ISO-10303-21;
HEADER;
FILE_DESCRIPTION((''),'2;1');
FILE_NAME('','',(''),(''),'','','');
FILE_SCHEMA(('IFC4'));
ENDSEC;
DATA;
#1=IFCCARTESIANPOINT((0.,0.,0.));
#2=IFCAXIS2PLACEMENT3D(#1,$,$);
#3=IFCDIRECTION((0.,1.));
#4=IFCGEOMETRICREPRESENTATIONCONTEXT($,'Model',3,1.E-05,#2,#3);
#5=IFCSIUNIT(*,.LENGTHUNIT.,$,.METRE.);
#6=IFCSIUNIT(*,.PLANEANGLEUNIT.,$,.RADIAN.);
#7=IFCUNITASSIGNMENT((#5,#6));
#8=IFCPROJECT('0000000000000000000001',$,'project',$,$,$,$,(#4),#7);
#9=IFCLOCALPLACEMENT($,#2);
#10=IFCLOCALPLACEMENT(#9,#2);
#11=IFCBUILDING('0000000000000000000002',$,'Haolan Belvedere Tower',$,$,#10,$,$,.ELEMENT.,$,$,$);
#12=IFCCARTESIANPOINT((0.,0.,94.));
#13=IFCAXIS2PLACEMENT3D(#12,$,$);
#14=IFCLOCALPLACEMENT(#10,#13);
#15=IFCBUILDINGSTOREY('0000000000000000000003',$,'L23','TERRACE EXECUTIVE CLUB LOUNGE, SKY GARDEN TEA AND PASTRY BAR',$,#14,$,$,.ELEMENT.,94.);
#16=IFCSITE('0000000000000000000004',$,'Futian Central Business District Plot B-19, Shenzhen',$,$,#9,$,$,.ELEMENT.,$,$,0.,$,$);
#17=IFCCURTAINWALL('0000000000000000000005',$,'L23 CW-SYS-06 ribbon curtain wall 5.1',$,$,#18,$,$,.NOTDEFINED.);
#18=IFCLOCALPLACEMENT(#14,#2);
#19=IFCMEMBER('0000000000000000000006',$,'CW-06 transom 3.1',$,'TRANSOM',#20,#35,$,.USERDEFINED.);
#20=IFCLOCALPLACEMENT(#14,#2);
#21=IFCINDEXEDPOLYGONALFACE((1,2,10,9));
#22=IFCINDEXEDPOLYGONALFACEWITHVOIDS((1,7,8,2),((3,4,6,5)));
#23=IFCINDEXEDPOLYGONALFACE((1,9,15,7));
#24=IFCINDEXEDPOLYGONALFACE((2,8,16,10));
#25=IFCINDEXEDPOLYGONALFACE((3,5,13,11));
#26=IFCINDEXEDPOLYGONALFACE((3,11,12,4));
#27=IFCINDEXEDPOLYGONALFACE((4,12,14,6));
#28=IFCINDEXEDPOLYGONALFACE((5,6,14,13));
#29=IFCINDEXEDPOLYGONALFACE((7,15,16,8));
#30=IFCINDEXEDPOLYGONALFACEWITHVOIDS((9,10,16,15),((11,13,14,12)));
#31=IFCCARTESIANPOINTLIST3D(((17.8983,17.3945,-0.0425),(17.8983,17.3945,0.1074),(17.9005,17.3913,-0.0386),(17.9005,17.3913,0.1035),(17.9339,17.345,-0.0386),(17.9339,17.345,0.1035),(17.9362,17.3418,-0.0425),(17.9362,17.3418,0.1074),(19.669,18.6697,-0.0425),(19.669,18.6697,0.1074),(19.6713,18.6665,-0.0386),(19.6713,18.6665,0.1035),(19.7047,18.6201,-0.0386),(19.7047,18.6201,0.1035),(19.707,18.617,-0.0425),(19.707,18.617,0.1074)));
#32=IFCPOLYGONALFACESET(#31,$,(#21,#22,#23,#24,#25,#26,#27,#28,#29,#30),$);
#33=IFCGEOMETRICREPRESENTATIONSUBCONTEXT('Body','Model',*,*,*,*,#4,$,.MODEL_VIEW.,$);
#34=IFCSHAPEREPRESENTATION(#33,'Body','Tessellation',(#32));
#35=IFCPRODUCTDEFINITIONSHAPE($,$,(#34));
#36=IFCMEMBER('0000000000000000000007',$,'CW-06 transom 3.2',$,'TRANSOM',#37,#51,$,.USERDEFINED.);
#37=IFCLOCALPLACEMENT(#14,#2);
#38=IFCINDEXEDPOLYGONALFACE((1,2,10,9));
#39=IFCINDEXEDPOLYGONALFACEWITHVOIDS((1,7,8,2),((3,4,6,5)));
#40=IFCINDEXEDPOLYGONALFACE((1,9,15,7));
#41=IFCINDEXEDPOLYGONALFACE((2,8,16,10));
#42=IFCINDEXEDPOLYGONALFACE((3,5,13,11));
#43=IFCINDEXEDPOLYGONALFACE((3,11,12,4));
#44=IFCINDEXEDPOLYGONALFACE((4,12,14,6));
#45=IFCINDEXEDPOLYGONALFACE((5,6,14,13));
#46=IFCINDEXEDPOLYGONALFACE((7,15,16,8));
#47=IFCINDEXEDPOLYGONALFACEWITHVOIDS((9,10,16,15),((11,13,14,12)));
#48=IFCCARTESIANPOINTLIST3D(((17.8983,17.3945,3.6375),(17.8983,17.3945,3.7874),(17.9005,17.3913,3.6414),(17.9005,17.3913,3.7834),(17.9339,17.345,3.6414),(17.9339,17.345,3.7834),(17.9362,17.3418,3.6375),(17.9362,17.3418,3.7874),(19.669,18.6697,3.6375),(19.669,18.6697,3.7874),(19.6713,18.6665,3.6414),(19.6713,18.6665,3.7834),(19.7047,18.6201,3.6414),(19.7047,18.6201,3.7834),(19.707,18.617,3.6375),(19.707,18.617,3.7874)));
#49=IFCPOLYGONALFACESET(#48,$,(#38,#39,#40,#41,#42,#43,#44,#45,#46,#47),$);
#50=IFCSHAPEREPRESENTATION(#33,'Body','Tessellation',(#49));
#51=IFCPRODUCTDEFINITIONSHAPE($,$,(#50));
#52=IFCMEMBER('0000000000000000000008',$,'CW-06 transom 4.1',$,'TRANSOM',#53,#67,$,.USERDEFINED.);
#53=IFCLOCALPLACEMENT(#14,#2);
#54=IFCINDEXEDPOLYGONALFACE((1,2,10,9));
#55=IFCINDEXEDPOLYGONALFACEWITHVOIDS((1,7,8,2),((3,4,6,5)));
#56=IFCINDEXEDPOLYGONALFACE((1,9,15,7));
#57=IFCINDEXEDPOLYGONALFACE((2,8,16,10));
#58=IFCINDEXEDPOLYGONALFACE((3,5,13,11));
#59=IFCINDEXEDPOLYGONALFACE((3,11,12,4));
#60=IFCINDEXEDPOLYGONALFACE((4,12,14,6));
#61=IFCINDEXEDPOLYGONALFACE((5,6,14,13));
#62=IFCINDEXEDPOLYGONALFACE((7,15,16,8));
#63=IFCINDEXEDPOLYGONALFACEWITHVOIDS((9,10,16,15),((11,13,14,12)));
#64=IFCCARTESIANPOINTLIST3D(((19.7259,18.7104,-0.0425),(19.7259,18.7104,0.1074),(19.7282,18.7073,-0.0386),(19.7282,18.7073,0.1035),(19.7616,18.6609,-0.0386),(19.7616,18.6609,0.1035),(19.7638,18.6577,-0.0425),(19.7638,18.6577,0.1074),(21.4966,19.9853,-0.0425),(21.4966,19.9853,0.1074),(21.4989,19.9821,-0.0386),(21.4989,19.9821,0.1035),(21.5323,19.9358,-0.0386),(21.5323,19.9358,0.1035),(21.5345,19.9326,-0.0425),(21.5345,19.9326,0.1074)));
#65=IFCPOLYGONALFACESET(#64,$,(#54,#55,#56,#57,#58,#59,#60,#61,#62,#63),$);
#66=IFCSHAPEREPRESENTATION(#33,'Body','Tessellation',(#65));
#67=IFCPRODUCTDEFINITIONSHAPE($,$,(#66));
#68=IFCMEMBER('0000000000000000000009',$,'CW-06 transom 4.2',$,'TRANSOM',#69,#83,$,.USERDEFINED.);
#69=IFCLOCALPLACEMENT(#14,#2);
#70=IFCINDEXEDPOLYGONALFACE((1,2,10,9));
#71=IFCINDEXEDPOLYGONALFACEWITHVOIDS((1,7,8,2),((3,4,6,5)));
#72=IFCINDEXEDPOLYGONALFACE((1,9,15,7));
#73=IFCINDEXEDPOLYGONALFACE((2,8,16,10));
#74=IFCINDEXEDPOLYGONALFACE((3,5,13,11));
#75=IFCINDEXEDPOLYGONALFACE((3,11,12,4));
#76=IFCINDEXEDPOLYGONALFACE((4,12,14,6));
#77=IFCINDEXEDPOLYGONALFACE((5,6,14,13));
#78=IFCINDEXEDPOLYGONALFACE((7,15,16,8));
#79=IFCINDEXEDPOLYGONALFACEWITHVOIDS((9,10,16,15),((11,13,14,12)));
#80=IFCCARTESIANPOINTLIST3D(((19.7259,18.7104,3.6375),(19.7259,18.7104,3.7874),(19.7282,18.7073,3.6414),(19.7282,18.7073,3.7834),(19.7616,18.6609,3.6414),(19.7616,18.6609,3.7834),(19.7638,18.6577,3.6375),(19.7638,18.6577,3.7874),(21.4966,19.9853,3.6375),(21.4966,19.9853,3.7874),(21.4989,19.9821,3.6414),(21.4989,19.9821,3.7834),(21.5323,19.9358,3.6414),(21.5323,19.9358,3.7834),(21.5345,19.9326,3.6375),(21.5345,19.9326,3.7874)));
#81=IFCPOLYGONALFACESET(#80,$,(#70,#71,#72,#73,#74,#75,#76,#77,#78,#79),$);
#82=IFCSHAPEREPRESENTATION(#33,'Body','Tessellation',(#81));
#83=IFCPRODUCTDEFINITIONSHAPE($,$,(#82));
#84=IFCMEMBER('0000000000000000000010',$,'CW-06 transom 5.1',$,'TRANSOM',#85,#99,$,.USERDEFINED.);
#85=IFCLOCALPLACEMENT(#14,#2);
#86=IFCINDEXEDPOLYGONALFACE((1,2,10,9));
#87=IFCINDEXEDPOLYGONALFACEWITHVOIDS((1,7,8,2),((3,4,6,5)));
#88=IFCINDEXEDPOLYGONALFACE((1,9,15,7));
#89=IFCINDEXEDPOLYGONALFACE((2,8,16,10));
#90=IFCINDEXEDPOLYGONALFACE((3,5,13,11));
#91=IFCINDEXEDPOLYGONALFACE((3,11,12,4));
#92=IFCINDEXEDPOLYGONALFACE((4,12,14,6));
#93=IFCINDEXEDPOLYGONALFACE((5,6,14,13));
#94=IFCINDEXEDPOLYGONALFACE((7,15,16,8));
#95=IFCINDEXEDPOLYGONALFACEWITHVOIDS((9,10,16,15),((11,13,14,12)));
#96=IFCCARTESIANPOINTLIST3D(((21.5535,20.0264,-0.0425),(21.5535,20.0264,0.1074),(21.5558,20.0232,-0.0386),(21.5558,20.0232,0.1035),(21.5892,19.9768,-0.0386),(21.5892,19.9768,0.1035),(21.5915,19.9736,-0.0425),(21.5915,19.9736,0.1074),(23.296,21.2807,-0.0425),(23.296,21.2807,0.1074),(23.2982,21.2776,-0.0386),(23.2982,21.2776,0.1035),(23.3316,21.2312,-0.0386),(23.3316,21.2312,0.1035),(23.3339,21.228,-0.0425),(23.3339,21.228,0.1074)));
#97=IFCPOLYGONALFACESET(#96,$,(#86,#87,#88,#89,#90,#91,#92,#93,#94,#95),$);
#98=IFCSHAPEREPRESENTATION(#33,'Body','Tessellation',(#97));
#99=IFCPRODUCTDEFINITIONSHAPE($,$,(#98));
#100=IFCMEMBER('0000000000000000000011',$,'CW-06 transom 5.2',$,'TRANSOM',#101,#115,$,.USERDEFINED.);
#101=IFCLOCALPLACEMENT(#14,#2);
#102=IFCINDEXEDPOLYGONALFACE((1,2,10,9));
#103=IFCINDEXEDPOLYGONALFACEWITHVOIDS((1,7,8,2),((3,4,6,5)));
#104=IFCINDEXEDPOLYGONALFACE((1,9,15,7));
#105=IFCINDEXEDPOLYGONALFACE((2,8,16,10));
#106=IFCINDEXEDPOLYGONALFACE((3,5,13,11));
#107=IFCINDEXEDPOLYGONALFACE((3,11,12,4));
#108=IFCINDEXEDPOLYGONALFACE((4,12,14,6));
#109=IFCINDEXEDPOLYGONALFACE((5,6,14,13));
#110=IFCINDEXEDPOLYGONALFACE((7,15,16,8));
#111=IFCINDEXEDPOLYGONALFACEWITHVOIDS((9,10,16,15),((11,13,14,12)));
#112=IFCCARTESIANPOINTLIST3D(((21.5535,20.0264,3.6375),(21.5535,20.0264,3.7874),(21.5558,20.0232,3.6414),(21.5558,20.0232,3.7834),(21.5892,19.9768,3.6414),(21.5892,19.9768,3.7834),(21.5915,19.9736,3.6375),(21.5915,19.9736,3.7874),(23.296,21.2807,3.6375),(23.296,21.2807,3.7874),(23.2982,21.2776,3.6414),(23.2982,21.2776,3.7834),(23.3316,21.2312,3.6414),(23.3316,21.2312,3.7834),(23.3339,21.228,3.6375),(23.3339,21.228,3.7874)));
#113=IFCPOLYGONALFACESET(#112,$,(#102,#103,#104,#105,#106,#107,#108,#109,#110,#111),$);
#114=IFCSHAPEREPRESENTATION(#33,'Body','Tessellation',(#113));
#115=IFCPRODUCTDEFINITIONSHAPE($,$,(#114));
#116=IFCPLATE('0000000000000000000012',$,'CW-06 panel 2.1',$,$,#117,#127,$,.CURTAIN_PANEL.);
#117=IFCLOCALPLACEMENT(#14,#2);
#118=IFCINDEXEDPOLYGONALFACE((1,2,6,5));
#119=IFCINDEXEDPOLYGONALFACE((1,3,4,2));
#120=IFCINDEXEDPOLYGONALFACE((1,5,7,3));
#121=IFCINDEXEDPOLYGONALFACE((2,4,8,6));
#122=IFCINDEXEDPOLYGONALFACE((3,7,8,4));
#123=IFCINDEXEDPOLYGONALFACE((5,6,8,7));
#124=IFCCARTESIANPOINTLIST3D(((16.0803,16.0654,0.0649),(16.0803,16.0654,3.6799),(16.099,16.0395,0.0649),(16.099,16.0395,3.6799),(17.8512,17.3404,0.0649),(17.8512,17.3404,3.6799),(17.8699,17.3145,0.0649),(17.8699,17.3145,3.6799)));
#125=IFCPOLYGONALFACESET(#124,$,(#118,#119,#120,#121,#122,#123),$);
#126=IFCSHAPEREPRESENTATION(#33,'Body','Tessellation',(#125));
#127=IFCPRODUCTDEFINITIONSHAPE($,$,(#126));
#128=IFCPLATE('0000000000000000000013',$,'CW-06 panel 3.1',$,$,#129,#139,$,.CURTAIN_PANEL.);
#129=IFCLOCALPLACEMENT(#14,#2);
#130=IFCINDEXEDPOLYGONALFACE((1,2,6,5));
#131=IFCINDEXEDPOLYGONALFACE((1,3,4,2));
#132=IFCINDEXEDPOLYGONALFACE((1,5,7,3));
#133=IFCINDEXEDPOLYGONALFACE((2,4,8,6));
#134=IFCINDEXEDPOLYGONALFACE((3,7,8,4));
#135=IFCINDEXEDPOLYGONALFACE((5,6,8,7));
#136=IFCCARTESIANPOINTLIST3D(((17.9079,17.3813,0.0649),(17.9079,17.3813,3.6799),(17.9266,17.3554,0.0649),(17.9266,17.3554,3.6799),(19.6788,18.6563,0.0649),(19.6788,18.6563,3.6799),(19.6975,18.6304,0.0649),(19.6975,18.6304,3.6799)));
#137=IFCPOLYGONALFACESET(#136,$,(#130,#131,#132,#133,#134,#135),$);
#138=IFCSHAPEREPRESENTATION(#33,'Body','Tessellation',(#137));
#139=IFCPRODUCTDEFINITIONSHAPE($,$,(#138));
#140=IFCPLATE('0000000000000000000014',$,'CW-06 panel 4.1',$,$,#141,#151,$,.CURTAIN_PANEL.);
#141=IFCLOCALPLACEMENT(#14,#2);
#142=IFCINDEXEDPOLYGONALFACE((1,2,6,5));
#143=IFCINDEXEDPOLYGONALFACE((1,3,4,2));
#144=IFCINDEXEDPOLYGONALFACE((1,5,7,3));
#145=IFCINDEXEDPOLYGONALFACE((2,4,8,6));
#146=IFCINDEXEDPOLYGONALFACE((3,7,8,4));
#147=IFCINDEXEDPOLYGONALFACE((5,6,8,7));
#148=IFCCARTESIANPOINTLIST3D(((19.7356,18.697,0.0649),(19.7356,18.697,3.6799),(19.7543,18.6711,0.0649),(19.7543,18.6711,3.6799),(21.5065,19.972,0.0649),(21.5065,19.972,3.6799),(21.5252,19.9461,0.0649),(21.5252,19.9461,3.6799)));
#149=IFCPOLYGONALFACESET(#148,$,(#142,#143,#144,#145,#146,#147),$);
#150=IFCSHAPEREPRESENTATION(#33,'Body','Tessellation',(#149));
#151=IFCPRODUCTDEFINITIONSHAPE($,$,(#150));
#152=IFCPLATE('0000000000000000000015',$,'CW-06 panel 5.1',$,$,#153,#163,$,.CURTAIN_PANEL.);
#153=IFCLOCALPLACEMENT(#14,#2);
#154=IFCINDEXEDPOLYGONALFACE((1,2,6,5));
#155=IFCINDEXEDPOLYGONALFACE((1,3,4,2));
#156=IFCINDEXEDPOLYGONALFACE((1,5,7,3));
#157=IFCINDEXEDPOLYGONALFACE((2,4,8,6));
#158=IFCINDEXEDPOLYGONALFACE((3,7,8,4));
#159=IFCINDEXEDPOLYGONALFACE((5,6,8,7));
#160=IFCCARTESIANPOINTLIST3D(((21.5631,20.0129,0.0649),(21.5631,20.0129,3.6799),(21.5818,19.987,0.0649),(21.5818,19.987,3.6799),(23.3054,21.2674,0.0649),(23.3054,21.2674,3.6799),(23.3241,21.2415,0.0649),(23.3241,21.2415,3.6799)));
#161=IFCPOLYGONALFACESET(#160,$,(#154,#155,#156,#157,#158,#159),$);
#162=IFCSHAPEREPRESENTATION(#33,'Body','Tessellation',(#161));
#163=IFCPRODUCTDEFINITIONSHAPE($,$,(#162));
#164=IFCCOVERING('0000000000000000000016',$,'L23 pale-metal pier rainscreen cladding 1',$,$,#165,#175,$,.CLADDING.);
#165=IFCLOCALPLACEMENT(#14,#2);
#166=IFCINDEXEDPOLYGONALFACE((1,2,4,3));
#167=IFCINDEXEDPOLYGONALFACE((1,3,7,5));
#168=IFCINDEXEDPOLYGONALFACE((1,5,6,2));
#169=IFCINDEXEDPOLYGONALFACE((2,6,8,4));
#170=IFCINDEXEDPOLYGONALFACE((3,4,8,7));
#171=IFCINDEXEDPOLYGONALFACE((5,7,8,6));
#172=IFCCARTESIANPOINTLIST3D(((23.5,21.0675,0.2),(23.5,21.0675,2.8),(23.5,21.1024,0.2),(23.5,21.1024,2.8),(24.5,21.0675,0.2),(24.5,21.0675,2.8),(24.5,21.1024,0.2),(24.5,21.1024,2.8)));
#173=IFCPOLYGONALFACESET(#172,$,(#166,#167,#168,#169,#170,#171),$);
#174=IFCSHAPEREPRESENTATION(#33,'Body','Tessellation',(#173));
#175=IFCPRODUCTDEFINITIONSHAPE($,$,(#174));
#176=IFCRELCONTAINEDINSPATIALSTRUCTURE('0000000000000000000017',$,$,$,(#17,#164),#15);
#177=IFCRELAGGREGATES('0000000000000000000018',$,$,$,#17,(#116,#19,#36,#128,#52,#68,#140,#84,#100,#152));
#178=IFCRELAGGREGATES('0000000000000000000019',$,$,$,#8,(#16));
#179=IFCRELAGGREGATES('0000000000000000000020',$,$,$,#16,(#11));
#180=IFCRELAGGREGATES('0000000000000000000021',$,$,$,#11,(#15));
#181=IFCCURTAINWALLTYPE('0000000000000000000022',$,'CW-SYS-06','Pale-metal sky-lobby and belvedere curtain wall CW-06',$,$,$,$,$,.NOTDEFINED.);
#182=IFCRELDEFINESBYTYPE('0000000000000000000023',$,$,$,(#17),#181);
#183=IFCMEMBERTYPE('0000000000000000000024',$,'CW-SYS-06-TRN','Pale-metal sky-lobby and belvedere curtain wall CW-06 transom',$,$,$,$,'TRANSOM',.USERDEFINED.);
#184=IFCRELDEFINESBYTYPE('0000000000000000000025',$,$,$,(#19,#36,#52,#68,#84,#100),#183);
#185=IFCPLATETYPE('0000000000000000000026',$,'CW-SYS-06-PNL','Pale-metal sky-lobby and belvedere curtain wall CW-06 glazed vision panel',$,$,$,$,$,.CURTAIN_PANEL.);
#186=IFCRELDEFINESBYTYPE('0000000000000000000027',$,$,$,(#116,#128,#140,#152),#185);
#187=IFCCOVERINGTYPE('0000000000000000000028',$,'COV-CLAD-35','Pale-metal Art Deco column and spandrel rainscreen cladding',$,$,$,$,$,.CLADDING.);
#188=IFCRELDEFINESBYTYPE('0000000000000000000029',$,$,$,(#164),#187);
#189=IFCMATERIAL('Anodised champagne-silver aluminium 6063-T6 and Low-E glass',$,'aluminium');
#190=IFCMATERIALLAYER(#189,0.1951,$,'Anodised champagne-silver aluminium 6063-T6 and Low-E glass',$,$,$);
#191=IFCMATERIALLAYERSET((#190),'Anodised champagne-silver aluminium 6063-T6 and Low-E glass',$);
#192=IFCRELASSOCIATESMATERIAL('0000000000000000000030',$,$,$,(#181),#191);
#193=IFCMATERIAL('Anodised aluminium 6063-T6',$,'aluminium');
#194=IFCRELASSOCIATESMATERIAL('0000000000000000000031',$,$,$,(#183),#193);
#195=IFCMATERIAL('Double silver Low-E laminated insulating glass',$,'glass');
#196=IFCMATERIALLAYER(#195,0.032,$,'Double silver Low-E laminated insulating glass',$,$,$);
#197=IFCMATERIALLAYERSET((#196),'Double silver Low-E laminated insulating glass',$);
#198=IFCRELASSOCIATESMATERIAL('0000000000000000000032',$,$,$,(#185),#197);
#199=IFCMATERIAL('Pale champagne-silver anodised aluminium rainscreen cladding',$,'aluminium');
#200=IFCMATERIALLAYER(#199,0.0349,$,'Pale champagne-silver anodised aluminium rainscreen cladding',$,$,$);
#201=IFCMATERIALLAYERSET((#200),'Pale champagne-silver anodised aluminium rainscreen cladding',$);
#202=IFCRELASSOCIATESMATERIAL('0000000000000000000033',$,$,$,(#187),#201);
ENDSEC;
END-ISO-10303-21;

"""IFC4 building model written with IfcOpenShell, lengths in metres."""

from ifc_helpers import new_model, si_unit, direction, frame, origin, origin_2d, place, context, subcontext, project, spatial, rectangle, hollow_rectangle, extrude, material, layer, layer_set, material_profile, profile_set, type_object, element, aggregate, save


model = new_model("IFC4")

# Units and contexts
model_context = context("Model", 3, precision=1e-05, world=origin(), true_north=direction((0.0, 1.0)))
body_context = subcontext(model_context, "Body", "Model", "MODEL_VIEW")
ifc_project = project(units=[si_unit("LENGTHUNIT", "METRE"), si_unit("PLANEANGLEUNIT", "RADIAN")], contexts=[model_context])

# Site, building, storey
site_placement = place(None, origin())
site = spatial("IfcSite", under=ifc_project, at=site_placement, Name="Futian Central Business District Plot B-19, Shenzhen", CompositionType="ELEMENT", RefElevation=0.0)
building_placement = place(site_placement, origin())
building = spatial("IfcBuilding", under=site, at=building_placement, Name="Haolan Belvedere Tower", CompositionType="ELEMENT")
storey_placement = place(building_placement, frame((0.0, 0.0, 94.0)))
storey = spatial("IfcBuildingStorey", under=building, at=storey_placement, Name="L23", Description="TERRACE EXECUTIVE CLUB LOUNGE, SKY GARDEN TEA AND PASTRY BAR", CompositionType="ELEMENT", Elevation=94.0)

# Curtain wall, members, plates
ifc_material_1 = material(Name="Anodised champagne-silver aluminium 6063-T6 and Low-E glass", Category="aluminium")
ifc_layer_1 = layer(ifc_material_1, 0.1951, Name="Anodised champagne-silver aluminium 6063-T6 and Low-E glass")
ifc_layer_set_1 = layer_set([ifc_layer_1], Name="Anodised champagne-silver aluminium 6063-T6 and Low-E glass")
curtain_wall_type = type_object("IfcCurtainWallType", Name="CW-SYS-06", Description="Pale-metal sky-lobby and belvedere curtain wall CW-06", PredefinedType="NOTDEFINED", material=ifc_layer_set_1)
curtain_wall_placement = place(storey_placement, origin())
curtain_wall = element("IfcCurtainWall", 1, at=curtain_wall_placement, inside=storey, type_object=curtain_wall_type, Name="L23 CW-SYS-06 ribbon curtain wall 5.1", PredefinedType="NOTDEFINED")
ifc_material_2 = material(Name="Anodised aluminium 6063-T6", Category="aluminium")
ifc_material_profile_1 = material_profile(ifc_material_2, hollow_rectangle(XDim=0.0649, YDim=0.1499, WallThickness=0.0039, at=origin_2d()), Name="Anodised aluminium 6063-T6")
ifc_profile_set_1 = profile_set([ifc_material_profile_1], Name="Anodised aluminium 6063-T6")
member_type_1 = type_object("IfcMemberType", Name="CW-SYS-06-TRN", Description="Pale-metal sky-lobby and belvedere curtain wall CW-06 transom", ElementType="TRANSOM", PredefinedType="USERDEFINED", material=ifc_profile_set_1)
member_1_placement = place(storey_placement, frame((17.9172, 17.3682, 0.0325), z_axis=(0.81149, 0.584367, 0.0), x_axis=(-0.584367, 0.81149, 0.0)))
member_1 = element("IfcMember", 2, at=member_1_placement, type_object=member_type_1, Name="CW-06 transom 3.1", ObjectType="TRANSOM", PredefinedType="USERDEFINED", context=body_context, shape_type="SweptSolid", body=[
    extrude(hollow_rectangle(XDim=0.0649, YDim=0.1499, WallThickness=0.0039, at=origin_2d()), origin(), (0.0, 0.0, 1.0), 2.1821),
])
member_2_placement = place(storey_placement, frame((17.9172, 17.3682, 3.7124), z_axis=(0.81149, 0.584367, 0.0), x_axis=(-0.584367, 0.81149, 0.0)))
member_2 = element("IfcMember", 3, at=member_2_placement, type_object=member_type_1, Name="CW-06 transom 3.2", ObjectType="TRANSOM", PredefinedType="USERDEFINED", context=body_context, shape_type="SweptSolid", body=[
    extrude(hollow_rectangle(XDim=0.0649, YDim=0.1499, WallThickness=0.0039, at=origin_2d()), origin(), (0.0, 0.0, 1.0), 2.1821),
])
member_3_placement = place(storey_placement, frame((19.7449, 18.6841, 0.0325), z_axis=(0.811543, 0.584293, 0.0), x_axis=(-0.584293, 0.811543, 0.0)))
member_3 = element("IfcMember", 4, at=member_3_placement, type_object=member_type_1, Name="CW-06 transom 4.1", ObjectType="TRANSOM", PredefinedType="USERDEFINED", context=body_context, shape_type="SweptSolid", body=[
    extrude(hollow_rectangle(XDim=0.0649, YDim=0.1499, WallThickness=0.0039, at=origin_2d()), origin(), (0.0, 0.0, 1.0), 2.1819),
])
member_4_placement = place(storey_placement, frame((19.7449, 18.6841, 3.7124), z_axis=(0.811543, 0.584293, 0.0), x_axis=(-0.584293, 0.811543, 0.0)))
member_4 = element("IfcMember", 5, at=member_4_placement, type_object=member_type_1, Name="CW-06 transom 4.2", ObjectType="TRANSOM", PredefinedType="USERDEFINED", context=body_context, shape_type="SweptSolid", body=[
    extrude(hollow_rectangle(XDim=0.0649, YDim=0.1499, WallThickness=0.0039, at=origin_2d()), origin(), (0.0, 0.0, 1.0), 2.1819),
])
member_5_placement = place(storey_placement, frame((21.5725, 20.0, 0.0325), z_axis=(0.811569, 0.584257, 0.0), x_axis=(-0.584257, 0.811569, 0.0)))
member_5 = element("IfcMember", 6, at=member_5_placement, type_object=member_type_1, Name="CW-06 transom 5.1", ObjectType="TRANSOM", PredefinedType="USERDEFINED", context=body_context, shape_type="SweptSolid", body=[
    extrude(hollow_rectangle(XDim=0.0649, YDim=0.1499, WallThickness=0.0039, at=origin_2d()), origin(), (0.0, 0.0, 1.0), 2.147),
])
member_6_placement = place(storey_placement, frame((21.5725, 20.0, 3.7124), z_axis=(0.811569, 0.584257, 0.0), x_axis=(-0.584257, 0.811569, 0.0)))
member_6 = element("IfcMember", 7, at=member_6_placement, type_object=member_type_1, Name="CW-06 transom 5.2", ObjectType="TRANSOM", PredefinedType="USERDEFINED", context=body_context, shape_type="SweptSolid", body=[
    extrude(hollow_rectangle(XDim=0.0649, YDim=0.1499, WallThickness=0.0039, at=origin_2d()), origin(), (0.0, 0.0, 1.0), 2.147),
])
ifc_material_3 = material(Name="Double silver Low-E laminated insulating glass", Category="glass")
ifc_layer_2 = layer(ifc_material_3, 0.032, Name="Double silver Low-E laminated insulating glass")
ifc_layer_set_2 = layer_set([ifc_layer_2], Name="Double silver Low-E laminated insulating glass")
plate_type = type_object("IfcPlateType", Name="CW-SYS-06-PNL", Description="Pale-metal sky-lobby and belvedere curtain wall CW-06 glazed vision panel", PredefinedType="CURTAIN_PANEL", material=ifc_layer_set_2)
plate_1_placement = place(storey_placement, frame((16.9751, 16.6899, 0.0649), z_axis=(0.0, 0.0, 1.0), x_axis=(0.81154, 0.584297, 0.0)))
plate_1 = element("IfcPlate", 8, at=plate_1_placement, type_object=plate_type, Name="CW-06 panel 2.1", PredefinedType="CURTAIN_PANEL", context=body_context, shape_type="SweptSolid", body=[
    extrude(rectangle(XDim=2.1821, YDim=0.032, at=origin_2d()), origin(), (0.0, 0.0, 1.0), 3.615),
])
plate_2_placement = place(storey_placement, frame((18.8027, 18.0059, 0.0649), z_axis=(0.0, 0.0, 1.0), x_axis=(0.81154, 0.584297, 0.0)))
plate_2 = element("IfcPlate", 9, at=plate_2_placement, type_object=plate_type, Name="CW-06 panel 3.1", PredefinedType="CURTAIN_PANEL", context=body_context, shape_type="SweptSolid", body=[
    extrude(rectangle(XDim=2.1821, YDim=0.032, at=origin_2d()), origin(), (0.0, 0.0, 1.0), 3.615),
])
plate_3_placement = place(storey_placement, frame((20.6304, 19.3215, 0.0649), z_axis=(0.0, 0.0, 1.0), x_axis=(0.81154, 0.584297, 0.0)))
plate_3 = element("IfcPlate", 10, at=plate_3_placement, type_object=plate_type, Name="CW-06 panel 4.1", PredefinedType="CURTAIN_PANEL", context=body_context, shape_type="SweptSolid", body=[
    extrude(rectangle(XDim=2.1821, YDim=0.032, at=origin_2d()), origin(), (0.0, 0.0, 1.0), 3.615),
])
plate_4_placement = place(storey_placement, frame((22.4436, 20.6272, 0.0649), z_axis=(0.0, 0.0, 1.0), x_axis=(0.81154, 0.584297, 0.0)))
plate_4 = element("IfcPlate", 11, at=plate_4_placement, type_object=plate_type, Name="CW-06 panel 5.1", PredefinedType="CURTAIN_PANEL", context=body_context, shape_type="SweptSolid", body=[
    extrude(rectangle(XDim=2.147, YDim=0.032, at=origin_2d()), origin(), (0.0, 0.0, 1.0), 3.615),
])
aggregate(curtain_wall, [plate_1, member_1, member_2, plate_2, member_3, member_4, plate_3, member_5, member_6, plate_4])

# Covering
ifc_material_4 = material(Name="Pale champagne-silver anodised aluminium rainscreen cladding", Category="aluminium")
ifc_layer_3 = layer(ifc_material_4, 0.0349, Name="Pale champagne-silver anodised aluminium rainscreen cladding")
ifc_layer_set_3 = layer_set([ifc_layer_3], Name="Pale champagne-silver anodised aluminium rainscreen cladding")
covering_type = type_object("IfcCoveringType", Name="COV-CLAD-35", Description="Pale-metal Art Deco column and spandrel rainscreen cladding", PredefinedType="CLADDING", material=ifc_layer_set_3)
covering_placement = place(storey_placement, frame((24.0, 21.085, 0.2), z_axis=(0.0, 0.0, 1.0), x_axis=(1.0, 0.0, 0.0)))
element("IfcCovering", 12, at=covering_placement, inside=storey, type_object=covering_type, Name="L23 pale-metal pier rainscreen cladding 1", PredefinedType="CLADDING", context=body_context, shape_type="SweptSolid", body=[
    extrude(rectangle(XDim=1.0, YDim=0.0349, at=origin_2d()), origin(), (0.0, 0.0, 1.0), 2.6001),
])

save(model, "model.ifc")
